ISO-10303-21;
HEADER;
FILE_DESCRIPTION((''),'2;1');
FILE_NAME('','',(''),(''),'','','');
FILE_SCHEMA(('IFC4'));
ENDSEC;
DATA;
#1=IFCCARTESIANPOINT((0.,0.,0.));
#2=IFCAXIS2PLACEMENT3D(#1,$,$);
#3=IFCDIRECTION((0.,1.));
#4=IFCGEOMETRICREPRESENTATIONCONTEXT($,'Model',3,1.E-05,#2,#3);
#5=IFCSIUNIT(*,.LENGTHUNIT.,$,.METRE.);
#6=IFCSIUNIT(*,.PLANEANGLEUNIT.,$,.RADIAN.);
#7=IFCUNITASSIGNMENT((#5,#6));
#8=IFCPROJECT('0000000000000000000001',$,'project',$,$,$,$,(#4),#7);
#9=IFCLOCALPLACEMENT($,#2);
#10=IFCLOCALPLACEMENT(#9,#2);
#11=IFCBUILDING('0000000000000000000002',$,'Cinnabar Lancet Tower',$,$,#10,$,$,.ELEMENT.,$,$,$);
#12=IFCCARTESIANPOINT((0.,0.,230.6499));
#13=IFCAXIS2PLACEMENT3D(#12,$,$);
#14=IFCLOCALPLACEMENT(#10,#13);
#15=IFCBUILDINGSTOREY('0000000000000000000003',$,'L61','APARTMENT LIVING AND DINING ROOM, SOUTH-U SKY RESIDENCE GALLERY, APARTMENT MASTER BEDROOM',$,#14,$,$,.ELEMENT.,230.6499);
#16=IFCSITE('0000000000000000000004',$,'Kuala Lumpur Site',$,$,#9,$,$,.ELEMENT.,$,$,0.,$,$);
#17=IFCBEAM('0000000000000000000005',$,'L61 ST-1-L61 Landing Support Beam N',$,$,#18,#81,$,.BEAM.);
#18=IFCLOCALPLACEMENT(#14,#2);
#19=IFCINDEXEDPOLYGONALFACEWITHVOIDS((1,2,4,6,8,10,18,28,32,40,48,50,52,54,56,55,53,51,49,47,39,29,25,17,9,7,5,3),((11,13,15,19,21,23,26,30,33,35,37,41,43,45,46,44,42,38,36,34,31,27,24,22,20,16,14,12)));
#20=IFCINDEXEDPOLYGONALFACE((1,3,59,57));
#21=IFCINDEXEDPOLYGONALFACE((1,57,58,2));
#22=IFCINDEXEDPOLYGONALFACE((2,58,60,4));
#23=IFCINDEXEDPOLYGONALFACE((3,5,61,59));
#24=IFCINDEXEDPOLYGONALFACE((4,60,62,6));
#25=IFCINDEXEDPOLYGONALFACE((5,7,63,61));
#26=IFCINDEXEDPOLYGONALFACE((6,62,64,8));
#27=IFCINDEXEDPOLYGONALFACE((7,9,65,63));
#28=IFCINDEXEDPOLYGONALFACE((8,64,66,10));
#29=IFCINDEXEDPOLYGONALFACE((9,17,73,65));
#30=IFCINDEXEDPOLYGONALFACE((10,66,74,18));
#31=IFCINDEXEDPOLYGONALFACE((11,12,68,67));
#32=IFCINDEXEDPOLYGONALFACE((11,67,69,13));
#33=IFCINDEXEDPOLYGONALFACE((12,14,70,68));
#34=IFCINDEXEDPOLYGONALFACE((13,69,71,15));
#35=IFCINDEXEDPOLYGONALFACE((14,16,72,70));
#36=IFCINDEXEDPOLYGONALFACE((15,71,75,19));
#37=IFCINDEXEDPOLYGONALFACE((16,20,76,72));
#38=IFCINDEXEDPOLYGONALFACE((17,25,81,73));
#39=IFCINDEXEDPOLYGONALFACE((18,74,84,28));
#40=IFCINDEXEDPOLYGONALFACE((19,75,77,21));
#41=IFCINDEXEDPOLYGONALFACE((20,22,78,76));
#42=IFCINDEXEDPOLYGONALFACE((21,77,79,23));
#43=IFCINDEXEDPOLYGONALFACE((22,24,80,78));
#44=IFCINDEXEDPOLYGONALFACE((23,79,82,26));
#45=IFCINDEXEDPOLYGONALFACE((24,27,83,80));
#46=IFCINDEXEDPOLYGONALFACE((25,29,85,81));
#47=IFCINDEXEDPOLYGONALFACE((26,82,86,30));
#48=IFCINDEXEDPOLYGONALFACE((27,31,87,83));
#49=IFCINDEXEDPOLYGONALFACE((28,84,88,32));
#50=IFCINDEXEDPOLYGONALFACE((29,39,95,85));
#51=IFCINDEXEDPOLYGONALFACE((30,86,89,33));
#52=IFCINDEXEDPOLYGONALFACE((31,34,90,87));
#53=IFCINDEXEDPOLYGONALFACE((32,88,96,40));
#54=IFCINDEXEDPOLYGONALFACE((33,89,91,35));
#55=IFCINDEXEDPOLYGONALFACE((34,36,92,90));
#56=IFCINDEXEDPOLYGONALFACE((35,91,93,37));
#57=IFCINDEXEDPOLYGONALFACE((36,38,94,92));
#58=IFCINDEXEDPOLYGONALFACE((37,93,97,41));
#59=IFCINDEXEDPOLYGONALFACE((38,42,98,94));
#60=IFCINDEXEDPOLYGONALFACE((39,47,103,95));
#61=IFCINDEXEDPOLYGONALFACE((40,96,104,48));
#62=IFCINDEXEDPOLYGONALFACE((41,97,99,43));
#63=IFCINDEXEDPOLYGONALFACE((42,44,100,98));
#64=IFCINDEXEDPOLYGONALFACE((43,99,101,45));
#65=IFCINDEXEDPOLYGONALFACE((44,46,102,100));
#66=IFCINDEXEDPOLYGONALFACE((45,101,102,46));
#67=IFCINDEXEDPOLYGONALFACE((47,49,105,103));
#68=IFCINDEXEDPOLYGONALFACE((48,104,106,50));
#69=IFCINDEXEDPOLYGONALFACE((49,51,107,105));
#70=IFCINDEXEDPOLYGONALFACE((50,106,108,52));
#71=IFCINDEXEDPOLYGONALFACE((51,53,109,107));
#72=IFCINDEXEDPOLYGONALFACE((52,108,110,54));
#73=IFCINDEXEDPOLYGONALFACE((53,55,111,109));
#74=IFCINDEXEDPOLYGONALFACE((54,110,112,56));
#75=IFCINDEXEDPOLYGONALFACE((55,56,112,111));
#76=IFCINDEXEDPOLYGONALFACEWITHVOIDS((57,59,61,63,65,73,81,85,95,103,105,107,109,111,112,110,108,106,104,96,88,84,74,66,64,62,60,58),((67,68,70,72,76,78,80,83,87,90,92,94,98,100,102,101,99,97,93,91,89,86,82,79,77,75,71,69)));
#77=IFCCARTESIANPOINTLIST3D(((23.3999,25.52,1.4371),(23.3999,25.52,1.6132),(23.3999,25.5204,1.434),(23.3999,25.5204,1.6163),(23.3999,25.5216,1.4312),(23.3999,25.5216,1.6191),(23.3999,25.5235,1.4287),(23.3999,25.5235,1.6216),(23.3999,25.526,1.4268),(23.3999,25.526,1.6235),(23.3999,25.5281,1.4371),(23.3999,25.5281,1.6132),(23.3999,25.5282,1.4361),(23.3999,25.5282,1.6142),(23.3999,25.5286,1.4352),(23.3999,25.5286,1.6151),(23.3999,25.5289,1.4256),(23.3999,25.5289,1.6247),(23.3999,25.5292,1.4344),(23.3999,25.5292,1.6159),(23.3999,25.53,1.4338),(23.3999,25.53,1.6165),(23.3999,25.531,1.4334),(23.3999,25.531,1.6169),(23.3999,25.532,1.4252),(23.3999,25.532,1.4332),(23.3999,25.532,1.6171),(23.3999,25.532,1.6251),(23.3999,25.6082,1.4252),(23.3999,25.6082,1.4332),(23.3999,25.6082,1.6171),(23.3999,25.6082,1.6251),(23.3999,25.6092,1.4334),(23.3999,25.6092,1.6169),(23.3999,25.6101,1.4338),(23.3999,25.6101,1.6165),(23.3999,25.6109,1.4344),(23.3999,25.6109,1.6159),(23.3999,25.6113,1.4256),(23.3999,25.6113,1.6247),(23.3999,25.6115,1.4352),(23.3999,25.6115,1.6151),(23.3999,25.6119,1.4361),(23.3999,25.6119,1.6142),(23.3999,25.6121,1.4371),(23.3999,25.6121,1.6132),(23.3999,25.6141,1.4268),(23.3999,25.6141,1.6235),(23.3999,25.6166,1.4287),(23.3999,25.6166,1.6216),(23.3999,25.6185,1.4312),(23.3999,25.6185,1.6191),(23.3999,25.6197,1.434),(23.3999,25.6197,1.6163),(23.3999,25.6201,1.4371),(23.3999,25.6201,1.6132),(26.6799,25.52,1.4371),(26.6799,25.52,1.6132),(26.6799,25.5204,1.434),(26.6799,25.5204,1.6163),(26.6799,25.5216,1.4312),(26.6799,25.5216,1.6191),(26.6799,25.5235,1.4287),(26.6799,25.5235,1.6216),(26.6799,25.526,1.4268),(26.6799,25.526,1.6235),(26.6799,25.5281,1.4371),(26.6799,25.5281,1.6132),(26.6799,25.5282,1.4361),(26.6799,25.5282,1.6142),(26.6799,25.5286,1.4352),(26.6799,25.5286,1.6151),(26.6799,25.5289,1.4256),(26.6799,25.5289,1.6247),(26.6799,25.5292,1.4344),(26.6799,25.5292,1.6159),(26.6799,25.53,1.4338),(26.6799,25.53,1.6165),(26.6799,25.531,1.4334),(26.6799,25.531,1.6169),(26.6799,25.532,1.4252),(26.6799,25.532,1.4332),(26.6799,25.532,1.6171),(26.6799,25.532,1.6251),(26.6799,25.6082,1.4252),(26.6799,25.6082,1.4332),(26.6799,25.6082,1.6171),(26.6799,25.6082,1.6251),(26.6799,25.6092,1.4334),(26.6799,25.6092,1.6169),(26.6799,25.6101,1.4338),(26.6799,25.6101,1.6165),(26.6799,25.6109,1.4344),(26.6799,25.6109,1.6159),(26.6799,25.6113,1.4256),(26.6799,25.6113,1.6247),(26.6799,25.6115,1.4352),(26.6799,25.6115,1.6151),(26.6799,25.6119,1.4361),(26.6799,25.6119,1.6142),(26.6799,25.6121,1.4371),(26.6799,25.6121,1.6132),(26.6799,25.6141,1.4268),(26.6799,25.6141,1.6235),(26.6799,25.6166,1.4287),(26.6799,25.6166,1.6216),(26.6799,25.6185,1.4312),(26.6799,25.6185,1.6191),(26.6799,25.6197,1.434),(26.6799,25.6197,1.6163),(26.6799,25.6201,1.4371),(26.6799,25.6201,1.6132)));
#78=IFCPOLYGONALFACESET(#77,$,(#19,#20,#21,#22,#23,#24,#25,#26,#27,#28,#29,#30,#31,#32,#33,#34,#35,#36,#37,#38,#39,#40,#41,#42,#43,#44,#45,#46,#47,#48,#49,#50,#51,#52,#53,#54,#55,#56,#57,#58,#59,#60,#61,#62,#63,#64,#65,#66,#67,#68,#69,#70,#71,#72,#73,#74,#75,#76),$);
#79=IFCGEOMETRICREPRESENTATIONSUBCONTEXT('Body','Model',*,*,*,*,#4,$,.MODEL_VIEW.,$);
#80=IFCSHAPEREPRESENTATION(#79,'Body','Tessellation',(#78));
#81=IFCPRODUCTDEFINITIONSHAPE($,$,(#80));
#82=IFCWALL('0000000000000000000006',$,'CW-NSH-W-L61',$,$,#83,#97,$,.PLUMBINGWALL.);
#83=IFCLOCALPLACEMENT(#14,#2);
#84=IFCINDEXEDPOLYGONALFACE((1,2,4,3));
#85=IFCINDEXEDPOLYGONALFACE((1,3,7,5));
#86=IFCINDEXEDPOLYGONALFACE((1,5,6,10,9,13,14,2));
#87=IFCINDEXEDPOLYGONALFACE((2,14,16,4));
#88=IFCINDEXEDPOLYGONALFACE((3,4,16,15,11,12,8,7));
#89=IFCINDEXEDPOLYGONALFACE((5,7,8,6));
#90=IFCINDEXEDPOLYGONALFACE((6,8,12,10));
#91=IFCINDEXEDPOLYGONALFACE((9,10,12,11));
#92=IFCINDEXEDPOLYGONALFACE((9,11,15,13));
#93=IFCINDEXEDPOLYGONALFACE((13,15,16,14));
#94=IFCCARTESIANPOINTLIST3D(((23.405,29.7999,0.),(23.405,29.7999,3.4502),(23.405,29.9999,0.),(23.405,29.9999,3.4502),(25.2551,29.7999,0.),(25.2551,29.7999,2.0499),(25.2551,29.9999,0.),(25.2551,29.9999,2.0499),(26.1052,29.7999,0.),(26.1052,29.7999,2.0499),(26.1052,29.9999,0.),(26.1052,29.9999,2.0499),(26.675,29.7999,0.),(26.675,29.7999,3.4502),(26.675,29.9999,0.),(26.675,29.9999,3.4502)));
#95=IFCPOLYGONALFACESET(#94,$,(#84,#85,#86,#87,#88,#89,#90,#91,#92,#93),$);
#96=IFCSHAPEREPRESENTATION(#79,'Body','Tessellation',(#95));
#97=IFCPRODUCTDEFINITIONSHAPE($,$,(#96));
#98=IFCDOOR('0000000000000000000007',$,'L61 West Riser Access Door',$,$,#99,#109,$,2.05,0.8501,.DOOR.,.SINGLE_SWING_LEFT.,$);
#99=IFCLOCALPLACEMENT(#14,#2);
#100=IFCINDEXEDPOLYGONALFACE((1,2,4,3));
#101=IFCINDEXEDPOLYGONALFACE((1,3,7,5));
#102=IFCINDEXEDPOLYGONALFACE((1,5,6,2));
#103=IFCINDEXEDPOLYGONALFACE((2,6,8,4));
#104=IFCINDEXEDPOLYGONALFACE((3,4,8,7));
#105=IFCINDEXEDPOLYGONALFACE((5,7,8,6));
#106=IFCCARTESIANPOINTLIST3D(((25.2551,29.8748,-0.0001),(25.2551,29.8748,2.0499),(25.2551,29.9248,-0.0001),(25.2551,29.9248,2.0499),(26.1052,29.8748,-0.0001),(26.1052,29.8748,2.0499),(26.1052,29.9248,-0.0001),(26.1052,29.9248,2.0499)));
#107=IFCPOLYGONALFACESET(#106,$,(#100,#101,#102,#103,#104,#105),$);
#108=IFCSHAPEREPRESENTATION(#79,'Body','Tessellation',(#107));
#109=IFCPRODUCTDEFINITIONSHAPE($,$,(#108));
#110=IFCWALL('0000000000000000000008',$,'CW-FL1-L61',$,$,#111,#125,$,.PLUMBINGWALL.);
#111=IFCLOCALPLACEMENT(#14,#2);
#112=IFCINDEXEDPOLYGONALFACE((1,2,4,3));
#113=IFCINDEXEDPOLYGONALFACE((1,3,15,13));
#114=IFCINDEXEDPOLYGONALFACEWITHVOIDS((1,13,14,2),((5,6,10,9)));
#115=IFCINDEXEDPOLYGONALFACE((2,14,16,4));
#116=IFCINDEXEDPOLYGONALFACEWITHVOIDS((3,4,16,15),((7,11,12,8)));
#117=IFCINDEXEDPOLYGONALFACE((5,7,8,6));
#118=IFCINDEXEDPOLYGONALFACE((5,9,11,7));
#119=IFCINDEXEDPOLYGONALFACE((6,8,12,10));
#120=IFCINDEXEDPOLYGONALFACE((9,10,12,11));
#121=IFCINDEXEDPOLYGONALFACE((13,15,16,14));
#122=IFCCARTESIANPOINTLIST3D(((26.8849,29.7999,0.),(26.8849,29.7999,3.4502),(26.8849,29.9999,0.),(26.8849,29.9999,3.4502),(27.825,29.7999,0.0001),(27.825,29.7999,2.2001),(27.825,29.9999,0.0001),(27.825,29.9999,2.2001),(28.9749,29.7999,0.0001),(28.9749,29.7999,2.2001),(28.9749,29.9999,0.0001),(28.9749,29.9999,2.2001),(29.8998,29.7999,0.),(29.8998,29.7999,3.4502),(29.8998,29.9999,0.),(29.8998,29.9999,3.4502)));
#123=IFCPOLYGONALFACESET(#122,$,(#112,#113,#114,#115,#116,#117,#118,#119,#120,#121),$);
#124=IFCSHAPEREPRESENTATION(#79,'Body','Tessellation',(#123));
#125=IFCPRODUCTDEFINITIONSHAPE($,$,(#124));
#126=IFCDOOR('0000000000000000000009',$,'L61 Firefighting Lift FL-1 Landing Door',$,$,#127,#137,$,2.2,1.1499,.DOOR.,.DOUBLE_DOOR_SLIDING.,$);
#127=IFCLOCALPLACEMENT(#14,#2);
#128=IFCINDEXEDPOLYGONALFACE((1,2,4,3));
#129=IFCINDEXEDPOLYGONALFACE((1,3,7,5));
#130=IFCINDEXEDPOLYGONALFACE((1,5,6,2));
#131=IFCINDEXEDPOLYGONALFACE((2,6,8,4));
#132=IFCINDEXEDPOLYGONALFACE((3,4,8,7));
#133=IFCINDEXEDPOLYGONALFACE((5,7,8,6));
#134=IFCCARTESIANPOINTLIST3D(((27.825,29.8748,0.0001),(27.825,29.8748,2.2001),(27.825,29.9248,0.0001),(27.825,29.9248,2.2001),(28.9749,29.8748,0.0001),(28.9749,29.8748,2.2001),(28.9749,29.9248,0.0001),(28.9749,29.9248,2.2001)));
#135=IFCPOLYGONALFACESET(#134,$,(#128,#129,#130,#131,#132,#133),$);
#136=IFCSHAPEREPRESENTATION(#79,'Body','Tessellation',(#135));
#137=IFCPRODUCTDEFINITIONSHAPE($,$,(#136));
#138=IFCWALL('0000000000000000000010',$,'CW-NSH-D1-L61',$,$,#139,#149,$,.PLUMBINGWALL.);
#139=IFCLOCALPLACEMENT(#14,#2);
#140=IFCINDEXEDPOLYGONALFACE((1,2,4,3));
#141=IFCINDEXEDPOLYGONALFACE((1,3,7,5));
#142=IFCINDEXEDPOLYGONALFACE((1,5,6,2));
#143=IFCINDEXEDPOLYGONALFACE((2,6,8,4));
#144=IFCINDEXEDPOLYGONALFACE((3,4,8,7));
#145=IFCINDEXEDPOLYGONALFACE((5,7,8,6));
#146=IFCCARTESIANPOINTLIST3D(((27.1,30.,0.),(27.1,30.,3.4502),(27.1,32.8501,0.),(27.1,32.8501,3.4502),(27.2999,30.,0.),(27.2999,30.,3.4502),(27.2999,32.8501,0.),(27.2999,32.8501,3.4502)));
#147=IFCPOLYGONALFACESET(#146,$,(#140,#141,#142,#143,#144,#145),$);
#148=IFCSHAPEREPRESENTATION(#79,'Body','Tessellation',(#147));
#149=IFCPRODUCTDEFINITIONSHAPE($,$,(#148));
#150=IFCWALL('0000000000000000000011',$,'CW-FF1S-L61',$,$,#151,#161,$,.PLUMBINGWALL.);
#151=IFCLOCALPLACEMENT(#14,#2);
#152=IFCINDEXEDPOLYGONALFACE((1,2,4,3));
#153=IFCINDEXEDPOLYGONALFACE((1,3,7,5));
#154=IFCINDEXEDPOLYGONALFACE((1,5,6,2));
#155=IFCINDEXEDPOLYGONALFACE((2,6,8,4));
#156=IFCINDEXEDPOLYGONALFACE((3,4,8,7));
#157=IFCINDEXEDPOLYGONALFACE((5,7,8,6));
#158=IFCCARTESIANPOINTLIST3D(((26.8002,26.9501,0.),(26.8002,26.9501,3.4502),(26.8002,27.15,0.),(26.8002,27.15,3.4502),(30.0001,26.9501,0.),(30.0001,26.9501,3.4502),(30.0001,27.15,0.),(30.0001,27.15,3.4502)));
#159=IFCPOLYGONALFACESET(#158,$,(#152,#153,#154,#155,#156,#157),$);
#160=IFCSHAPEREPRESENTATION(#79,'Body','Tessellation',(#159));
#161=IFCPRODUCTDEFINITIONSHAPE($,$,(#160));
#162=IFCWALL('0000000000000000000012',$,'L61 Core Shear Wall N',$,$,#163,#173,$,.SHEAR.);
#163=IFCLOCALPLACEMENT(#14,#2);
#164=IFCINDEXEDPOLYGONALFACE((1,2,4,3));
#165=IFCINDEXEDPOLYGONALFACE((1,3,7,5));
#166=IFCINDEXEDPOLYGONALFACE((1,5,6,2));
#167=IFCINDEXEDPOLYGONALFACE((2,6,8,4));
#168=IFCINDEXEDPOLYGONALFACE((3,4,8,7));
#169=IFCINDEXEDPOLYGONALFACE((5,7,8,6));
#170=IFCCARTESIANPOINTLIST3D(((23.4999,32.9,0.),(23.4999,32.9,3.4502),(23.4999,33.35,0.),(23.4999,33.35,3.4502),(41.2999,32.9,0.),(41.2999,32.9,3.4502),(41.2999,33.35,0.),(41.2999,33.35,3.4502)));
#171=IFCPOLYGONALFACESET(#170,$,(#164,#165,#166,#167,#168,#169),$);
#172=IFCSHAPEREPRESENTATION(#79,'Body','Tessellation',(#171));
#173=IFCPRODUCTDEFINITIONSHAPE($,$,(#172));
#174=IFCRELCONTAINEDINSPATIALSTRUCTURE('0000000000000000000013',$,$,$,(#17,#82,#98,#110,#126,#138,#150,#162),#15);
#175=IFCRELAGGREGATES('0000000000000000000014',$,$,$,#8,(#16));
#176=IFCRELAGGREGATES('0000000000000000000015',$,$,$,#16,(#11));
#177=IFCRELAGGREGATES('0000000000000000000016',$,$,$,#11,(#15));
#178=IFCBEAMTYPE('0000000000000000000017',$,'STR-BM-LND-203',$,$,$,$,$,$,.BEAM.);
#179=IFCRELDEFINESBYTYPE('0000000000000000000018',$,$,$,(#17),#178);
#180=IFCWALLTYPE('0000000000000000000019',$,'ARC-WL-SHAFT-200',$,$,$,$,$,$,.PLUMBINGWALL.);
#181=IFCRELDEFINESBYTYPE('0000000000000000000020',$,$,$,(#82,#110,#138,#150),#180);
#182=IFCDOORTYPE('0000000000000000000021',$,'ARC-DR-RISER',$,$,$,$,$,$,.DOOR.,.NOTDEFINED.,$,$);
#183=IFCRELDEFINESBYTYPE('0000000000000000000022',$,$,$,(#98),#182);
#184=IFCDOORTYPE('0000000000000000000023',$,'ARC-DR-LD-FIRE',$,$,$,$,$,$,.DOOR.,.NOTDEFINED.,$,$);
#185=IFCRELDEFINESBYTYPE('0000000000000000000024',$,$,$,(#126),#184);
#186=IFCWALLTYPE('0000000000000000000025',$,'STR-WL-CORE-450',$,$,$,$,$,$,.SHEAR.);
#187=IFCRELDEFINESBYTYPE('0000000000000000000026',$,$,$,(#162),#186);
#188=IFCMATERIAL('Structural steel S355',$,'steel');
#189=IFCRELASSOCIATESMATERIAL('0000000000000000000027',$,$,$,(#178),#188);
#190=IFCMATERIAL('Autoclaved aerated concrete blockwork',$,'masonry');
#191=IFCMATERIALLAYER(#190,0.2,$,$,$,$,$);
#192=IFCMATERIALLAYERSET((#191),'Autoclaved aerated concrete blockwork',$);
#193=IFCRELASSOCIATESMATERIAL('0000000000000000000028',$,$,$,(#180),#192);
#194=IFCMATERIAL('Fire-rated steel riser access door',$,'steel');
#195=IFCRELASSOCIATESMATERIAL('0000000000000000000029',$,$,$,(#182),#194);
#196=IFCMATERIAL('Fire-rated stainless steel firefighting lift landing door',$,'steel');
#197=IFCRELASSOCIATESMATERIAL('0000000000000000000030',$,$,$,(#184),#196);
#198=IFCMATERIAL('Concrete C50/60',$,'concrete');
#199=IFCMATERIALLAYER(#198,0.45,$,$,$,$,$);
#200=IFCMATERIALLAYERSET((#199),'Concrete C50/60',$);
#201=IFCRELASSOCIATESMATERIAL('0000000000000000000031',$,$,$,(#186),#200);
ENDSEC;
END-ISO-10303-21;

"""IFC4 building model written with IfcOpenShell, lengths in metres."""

from ifc_helpers import new_model, si_unit, direction, frame, frame_2d, origin, origin_2d, place, context, subcontext, project, spatial, rectangle, hollow_rectangle, extrude, material, layer, layer_set, material_profile, profile_set, type_object, element, fill, save


model = new_model("IFC4")

# Units and contexts
model_context = context("Model", 3, precision=1e-05, world=origin(), true_north=direction((0.0, 1.0)))
body_context = subcontext(model_context, "Body", "Model", "MODEL_VIEW")
ifc_project = project(units=[si_unit("LENGTHUNIT", "METRE"), si_unit("PLANEANGLEUNIT", "RADIAN")], contexts=[model_context])

# Site, building, storey
site_placement = place(None, origin())
site = spatial("IfcSite", under=ifc_project, at=site_placement, Name="Kuala Lumpur Site", CompositionType="ELEMENT", RefElevation=0.0)
building_placement = place(site_placement, origin())
building = spatial("IfcBuilding", under=site, at=building_placement, Name="Cinnabar Lancet Tower", CompositionType="ELEMENT")
storey_placement = place(building_placement, frame((0.0, 0.0, 230.6499)))
storey = spatial("IfcBuildingStorey", under=building, at=storey_placement, Name="L61", Description="APARTMENT LIVING AND DINING ROOM, SOUTH-U SKY RESIDENCE GALLERY, APARTMENT MASTER BEDROOM", CompositionType="ELEMENT", Elevation=230.6499)

# Beam
ifc_material_1 = material(Name="Structural steel S355", Category="steel")
ifc_material_profile_1 = material_profile(ifc_material_1, hollow_rectangle(XDim=0.1001, YDim=0.2, WallThickness=0.0081, InnerFilletRadius=0.0039, OuterFilletRadius=0.012, at=origin_2d()), Name="RHS 200x100x8")
ifc_profile_set_1 = profile_set([ifc_material_profile_1], Name="Structural steel S355")
beam_type_1 = type_object("IfcBeamType", Name="STR-BM-LND-203", PredefinedType="BEAM", material=ifc_profile_set_1)
beam_1_placement = place(storey_placement, frame((23.3999, 25.5701, 1.5251), z_axis=(1.0, 0.0, 0.0), x_axis=(0.0, 1.0, 0.0)))
element("IfcBeam", 1, at=beam_1_placement, inside=storey, type_object=beam_type_1, Name="L61 ST-1-L61 Landing Support Beam N", PredefinedType="BEAM", context=body_context, shape_type="SweptSolid", body=[
    extrude(hollow_rectangle(XDim=0.1001, YDim=0.2, WallThickness=0.0081, InnerFilletRadius=0.0039, OuterFilletRadius=0.012, at=origin_2d()), origin(), (0.0, 0.0, 1.0), 3.28),
])

# Walls, openings, doors
ifc_material_2 = material(Name="Autoclaved aerated concrete blockwork", Category="masonry")
ifc_layer_1 = layer(ifc_material_2, 0.2)
ifc_layer_set_1 = layer_set([ifc_layer_1], Name="Autoclaved aerated concrete blockwork")
wall_type_1 = type_object("IfcWallType", Name="ARC-WL-SHAFT-200", PredefinedType="PLUMBINGWALL", material=ifc_layer_set_1)
wall_1_placement = place(storey_placement, frame((23.405, 29.8999, 0.0), z_axis=(0.0, 0.0, 1.0), x_axis=(1.0, 0.0, 0.0)))
wall_1 = element("IfcWall", 2, at=wall_1_placement, inside=storey, type_object=wall_type_1, Name="CW-NSH-W-L61", PredefinedType="PLUMBINGWALL", context=body_context, shape_type="SweptSolid", body=[
    extrude(rectangle(XDim=3.27, YDim=0.2, at=frame_2d((1.635, 0.0))), origin(), (0.0, 0.0, 1.0), 3.4502),
])
opening_1_placement = place(wall_1_placement, frame((1.8501, 0.0, 0.0)))
opening_1 = element("IfcOpeningElement", 3, at=opening_1_placement, cuts=wall_1, PredefinedType="OPENING", context=body_context, shape_type="SweptSolid", body=[
    extrude(rectangle(XDim=0.8501, YDim=2.05, at=frame_2d((0.425, 1.0249))), frame((0.0, 0.1099, 0.0), z_axis=(0.0, -1.0, 0.0), x_axis=(1.0, 0.0, 0.0)), (0.0, 0.0, 1.0), 0.22),
])
ifc_material_3 = material(Name="Fire-rated steel riser access door", Category="steel")
door_type_1 = type_object("IfcDoorType", Name="ARC-DR-RISER", OperationType="NOTDEFINED", PredefinedType="DOOR", material=ifc_material_3)
door_1_placement = place(opening_1_placement, origin())
door_1 = element("IfcDoor", 4, at=door_1_placement, inside=storey, type_object=door_type_1, Name="L61 West Riser Access Door", OperationType="SINGLE_SWING_LEFT", OverallHeight=2.05, OverallWidth=0.8501, PredefinedType="DOOR", context=body_context, shape_type="SweptSolid", body=[
    extrude(rectangle(XDim=0.8501, YDim=2.05, at=frame_2d((0.425, 1.0249))), frame((0.0, 0.0249, 0.0), z_axis=(0.0, -1.0, 0.0), x_axis=(1.0, 0.0, 0.0)), (0.0, 0.0, 1.0), 0.05),
])
fill(opening_1, door_1)
wall_2_placement = place(storey_placement, frame((26.885, 29.8999, 0.0), z_axis=(0.0, 0.0, 1.0), x_axis=(1.0, 0.0, 0.0)))
wall_2 = element("IfcWall", 5, at=wall_2_placement, inside=storey, type_object=wall_type_1, Name="CW-FL1-L61", PredefinedType="PLUMBINGWALL", context=body_context, shape_type="SweptSolid", body=[
    extrude(rectangle(XDim=3.0149, YDim=0.2, at=frame_2d((1.5073, 0.0))), origin(), (0.0, 0.0, 1.0), 3.4502),
])
opening_2_placement = place(wall_2_placement, frame((0.9399, 0.0, 0.0)))
opening_2 = element("IfcOpeningElement", 6, at=opening_2_placement, cuts=wall_2, PredefinedType="OPENING", context=body_context, shape_type="SweptSolid", body=[
    extrude(rectangle(XDim=1.1499, YDim=2.2, at=frame_2d((0.575, 1.1001))), frame((0.0, 0.1099, 0.0), z_axis=(0.0, -1.0, 0.0), x_axis=(1.0, 0.0, 0.0)), (0.0, 0.0, 1.0), 0.22),
])
ifc_material_4 = material(Name="Fire-rated stainless steel firefighting lift landing door", Category="steel")
door_type_2 = type_object("IfcDoorType", Name="ARC-DR-LD-FIRE", OperationType="NOTDEFINED", PredefinedType="DOOR", material=ifc_material_4)
door_2_placement = place(opening_2_placement, origin())
door_2 = element("IfcDoor", 7, at=door_2_placement, inside=storey, type_object=door_type_2, Name="L61 Firefighting Lift FL-1 Landing Door", OperationType="DOUBLE_DOOR_SLIDING", OverallHeight=2.2, OverallWidth=1.1499, PredefinedType="DOOR", context=body_context, shape_type="SweptSolid", body=[
    extrude(rectangle(XDim=1.1499, YDim=2.2, at=frame_2d((0.575, 1.1001))), frame((0.0, 0.0249, 0.0), z_axis=(0.0, -1.0, 0.0), x_axis=(1.0, 0.0, 0.0)), (0.0, 0.0, 1.0), 0.05),
])
fill(opening_2, door_2)

# Walls
wall_3_placement = place(storey_placement, frame((27.2, 30.0, 0.0), z_axis=(0.0, 0.0, 1.0), x_axis=(0.0, 1.0, 0.0)))
element("IfcWall", 8, at=wall_3_placement, inside=storey, type_object=wall_type_1, Name="CW-NSH-D1-L61", PredefinedType="PLUMBINGWALL", context=body_context, shape_type="SweptSolid", body=[
    extrude(rectangle(XDim=2.8501, YDim=0.2, at=frame_2d((1.425, 0.0))), origin(), (0.0, 0.0, 1.0), 3.4502),
])
wall_4_placement = place(storey_placement, frame((26.8, 27.05, 0.0), z_axis=(0.0, 0.0, 1.0), x_axis=(1.0, 0.0, 0.0)))
element("IfcWall", 9, at=wall_4_placement, inside=storey, type_object=wall_type_1, Name="CW-FF1S-L61", PredefinedType="PLUMBINGWALL", context=body_context, shape_type="SweptSolid", body=[
    extrude(rectangle(XDim=3.2, YDim=0.2, at=frame_2d((1.6001, 0.0))), origin(), (0.0, 0.0, 1.0), 3.4502),
])
ifc_material_5 = material(Name="Concrete C50/60", Category="concrete")
ifc_layer_2 = layer(ifc_material_5, 0.45)
ifc_layer_set_2 = layer_set([ifc_layer_2], Name="Concrete C50/60")
wall_type_2 = type_object("IfcWallType", Name="STR-WL-CORE-450", PredefinedType="SHEAR", material=ifc_layer_set_2)
wall_5_placement = place(storey_placement, frame((23.5, 33.125, 0.0), z_axis=(0.0, 0.0, 1.0), x_axis=(1.0, 0.0, 0.0)))
element("IfcWall", 10, at=wall_5_placement, inside=storey, type_object=wall_type_2, Name="L61 Core Shear Wall N", PredefinedType="SHEAR", context=body_context, shape_type="SweptSolid", body=[
    extrude(rectangle(XDim=17.8, YDim=0.45, at=frame_2d((8.8999, 0.0))), origin(), (0.0, 0.0, 1.0), 3.4502),
])

save(model, "model.ifc")
